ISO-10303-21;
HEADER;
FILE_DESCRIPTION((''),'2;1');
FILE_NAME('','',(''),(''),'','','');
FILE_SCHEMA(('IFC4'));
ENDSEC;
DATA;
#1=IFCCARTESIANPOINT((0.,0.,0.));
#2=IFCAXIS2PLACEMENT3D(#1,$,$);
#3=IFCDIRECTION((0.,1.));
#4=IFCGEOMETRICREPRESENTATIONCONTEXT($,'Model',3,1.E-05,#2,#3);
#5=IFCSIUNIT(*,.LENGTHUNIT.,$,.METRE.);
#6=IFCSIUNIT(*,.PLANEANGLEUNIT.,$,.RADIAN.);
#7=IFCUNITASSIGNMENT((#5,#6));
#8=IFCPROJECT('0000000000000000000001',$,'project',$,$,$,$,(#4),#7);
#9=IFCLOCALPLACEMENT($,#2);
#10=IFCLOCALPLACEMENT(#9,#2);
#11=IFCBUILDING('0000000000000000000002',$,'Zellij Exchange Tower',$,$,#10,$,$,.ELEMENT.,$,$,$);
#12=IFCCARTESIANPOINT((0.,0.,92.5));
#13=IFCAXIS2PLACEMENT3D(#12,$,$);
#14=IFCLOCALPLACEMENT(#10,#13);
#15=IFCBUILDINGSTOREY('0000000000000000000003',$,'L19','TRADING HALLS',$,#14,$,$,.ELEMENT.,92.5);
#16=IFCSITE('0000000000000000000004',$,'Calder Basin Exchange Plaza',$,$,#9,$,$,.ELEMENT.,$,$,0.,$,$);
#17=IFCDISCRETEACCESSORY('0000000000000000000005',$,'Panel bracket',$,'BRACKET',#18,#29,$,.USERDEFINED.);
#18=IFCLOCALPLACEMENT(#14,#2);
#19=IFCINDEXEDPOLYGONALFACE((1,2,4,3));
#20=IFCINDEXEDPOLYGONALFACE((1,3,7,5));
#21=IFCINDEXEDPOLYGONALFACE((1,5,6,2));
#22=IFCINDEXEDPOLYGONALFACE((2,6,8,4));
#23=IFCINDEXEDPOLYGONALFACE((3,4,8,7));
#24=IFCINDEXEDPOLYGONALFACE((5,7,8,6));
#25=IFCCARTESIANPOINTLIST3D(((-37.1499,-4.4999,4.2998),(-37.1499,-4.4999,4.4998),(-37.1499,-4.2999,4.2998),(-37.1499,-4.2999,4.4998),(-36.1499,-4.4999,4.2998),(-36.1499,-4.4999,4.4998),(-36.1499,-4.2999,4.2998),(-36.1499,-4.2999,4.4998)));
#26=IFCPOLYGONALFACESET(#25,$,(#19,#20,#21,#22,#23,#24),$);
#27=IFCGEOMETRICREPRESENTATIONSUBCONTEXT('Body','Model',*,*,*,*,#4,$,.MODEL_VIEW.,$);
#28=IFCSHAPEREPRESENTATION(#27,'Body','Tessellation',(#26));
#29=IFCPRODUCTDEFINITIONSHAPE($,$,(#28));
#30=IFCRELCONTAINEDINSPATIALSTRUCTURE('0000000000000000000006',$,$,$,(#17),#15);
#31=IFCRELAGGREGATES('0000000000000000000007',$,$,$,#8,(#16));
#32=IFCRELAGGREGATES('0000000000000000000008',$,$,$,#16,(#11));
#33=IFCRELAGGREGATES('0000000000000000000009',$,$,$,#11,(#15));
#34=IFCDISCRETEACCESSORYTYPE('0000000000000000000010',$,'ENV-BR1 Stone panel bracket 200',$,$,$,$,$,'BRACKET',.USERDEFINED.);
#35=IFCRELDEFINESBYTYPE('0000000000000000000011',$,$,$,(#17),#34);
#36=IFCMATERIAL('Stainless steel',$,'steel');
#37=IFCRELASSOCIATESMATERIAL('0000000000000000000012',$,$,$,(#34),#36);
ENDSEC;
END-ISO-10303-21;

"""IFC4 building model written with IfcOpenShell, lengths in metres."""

from ifc_helpers import new_model, si_unit, direction, frame, origin, origin_2d, place, context, subcontext, project, spatial, rectangle, extrude, material, type_object, element, save


model = new_model("IFC4")

# Units and contexts
model_context = context("Model", 3, precision=1e-05, world=origin(), true_north=direction((0.0, 1.0)))
body_context = subcontext(model_context, "Body", "Model", "MODEL_VIEW")
ifc_project = project(units=[si_unit("LENGTHUNIT", "METRE"), si_unit("PLANEANGLEUNIT", "RADIAN")], contexts=[model_context])

# Site, building, storey
site_placement = place(None, origin())
site = spatial("IfcSite", under=ifc_project, at=site_placement, Name="Calder Basin Exchange Plaza", CompositionType="ELEMENT", RefElevation=0.0)
building_placement = place(site_placement, origin())
building = spatial("IfcBuilding", under=site, at=building_placement, Name="Zellij Exchange Tower", CompositionType="ELEMENT")
storey_placement = place(building_placement, frame((0.0, 0.0, 92.5)))
storey = spatial("IfcBuildingStorey", under=building, at=storey_placement, Name="L19", Description="TRADING HALLS", CompositionType="ELEMENT", Elevation=92.5)

# Discrete accessory
ifc_material_1 = material(Name="Stainless steel", Category="steel")
discrete_accessory_type = type_object("IfcDiscreteAccessoryType", Name="ENV-BR1 Stone panel bracket 200", ElementType="BRACKET", PredefinedType="USERDEFINED", material=ifc_material_1)
for number, where, z_axis, x_axis, name in (
    (1, (-36.6499, -4.3999, 4.2998), (0.0, 0.0, 1.0), (0.0, -1.0, 0.0), "Panel bracket"),
):
    element("IfcDiscreteAccessory", number, at=place(storey_placement, frame(where, z_axis=z_axis, x_axis=x_axis)), inside=storey, type_object=discrete_accessory_type, Name=name, ObjectType="BRACKET", PredefinedType="USERDEFINED", context=body_context, shape_type="SweptSolid", body=[
        extrude(rectangle(XDim=0.2, YDim=1.0, at=origin_2d()), origin(), (0.0, 0.0, 1.0), 0.2),
    ])

save(model, "model.ifc")
